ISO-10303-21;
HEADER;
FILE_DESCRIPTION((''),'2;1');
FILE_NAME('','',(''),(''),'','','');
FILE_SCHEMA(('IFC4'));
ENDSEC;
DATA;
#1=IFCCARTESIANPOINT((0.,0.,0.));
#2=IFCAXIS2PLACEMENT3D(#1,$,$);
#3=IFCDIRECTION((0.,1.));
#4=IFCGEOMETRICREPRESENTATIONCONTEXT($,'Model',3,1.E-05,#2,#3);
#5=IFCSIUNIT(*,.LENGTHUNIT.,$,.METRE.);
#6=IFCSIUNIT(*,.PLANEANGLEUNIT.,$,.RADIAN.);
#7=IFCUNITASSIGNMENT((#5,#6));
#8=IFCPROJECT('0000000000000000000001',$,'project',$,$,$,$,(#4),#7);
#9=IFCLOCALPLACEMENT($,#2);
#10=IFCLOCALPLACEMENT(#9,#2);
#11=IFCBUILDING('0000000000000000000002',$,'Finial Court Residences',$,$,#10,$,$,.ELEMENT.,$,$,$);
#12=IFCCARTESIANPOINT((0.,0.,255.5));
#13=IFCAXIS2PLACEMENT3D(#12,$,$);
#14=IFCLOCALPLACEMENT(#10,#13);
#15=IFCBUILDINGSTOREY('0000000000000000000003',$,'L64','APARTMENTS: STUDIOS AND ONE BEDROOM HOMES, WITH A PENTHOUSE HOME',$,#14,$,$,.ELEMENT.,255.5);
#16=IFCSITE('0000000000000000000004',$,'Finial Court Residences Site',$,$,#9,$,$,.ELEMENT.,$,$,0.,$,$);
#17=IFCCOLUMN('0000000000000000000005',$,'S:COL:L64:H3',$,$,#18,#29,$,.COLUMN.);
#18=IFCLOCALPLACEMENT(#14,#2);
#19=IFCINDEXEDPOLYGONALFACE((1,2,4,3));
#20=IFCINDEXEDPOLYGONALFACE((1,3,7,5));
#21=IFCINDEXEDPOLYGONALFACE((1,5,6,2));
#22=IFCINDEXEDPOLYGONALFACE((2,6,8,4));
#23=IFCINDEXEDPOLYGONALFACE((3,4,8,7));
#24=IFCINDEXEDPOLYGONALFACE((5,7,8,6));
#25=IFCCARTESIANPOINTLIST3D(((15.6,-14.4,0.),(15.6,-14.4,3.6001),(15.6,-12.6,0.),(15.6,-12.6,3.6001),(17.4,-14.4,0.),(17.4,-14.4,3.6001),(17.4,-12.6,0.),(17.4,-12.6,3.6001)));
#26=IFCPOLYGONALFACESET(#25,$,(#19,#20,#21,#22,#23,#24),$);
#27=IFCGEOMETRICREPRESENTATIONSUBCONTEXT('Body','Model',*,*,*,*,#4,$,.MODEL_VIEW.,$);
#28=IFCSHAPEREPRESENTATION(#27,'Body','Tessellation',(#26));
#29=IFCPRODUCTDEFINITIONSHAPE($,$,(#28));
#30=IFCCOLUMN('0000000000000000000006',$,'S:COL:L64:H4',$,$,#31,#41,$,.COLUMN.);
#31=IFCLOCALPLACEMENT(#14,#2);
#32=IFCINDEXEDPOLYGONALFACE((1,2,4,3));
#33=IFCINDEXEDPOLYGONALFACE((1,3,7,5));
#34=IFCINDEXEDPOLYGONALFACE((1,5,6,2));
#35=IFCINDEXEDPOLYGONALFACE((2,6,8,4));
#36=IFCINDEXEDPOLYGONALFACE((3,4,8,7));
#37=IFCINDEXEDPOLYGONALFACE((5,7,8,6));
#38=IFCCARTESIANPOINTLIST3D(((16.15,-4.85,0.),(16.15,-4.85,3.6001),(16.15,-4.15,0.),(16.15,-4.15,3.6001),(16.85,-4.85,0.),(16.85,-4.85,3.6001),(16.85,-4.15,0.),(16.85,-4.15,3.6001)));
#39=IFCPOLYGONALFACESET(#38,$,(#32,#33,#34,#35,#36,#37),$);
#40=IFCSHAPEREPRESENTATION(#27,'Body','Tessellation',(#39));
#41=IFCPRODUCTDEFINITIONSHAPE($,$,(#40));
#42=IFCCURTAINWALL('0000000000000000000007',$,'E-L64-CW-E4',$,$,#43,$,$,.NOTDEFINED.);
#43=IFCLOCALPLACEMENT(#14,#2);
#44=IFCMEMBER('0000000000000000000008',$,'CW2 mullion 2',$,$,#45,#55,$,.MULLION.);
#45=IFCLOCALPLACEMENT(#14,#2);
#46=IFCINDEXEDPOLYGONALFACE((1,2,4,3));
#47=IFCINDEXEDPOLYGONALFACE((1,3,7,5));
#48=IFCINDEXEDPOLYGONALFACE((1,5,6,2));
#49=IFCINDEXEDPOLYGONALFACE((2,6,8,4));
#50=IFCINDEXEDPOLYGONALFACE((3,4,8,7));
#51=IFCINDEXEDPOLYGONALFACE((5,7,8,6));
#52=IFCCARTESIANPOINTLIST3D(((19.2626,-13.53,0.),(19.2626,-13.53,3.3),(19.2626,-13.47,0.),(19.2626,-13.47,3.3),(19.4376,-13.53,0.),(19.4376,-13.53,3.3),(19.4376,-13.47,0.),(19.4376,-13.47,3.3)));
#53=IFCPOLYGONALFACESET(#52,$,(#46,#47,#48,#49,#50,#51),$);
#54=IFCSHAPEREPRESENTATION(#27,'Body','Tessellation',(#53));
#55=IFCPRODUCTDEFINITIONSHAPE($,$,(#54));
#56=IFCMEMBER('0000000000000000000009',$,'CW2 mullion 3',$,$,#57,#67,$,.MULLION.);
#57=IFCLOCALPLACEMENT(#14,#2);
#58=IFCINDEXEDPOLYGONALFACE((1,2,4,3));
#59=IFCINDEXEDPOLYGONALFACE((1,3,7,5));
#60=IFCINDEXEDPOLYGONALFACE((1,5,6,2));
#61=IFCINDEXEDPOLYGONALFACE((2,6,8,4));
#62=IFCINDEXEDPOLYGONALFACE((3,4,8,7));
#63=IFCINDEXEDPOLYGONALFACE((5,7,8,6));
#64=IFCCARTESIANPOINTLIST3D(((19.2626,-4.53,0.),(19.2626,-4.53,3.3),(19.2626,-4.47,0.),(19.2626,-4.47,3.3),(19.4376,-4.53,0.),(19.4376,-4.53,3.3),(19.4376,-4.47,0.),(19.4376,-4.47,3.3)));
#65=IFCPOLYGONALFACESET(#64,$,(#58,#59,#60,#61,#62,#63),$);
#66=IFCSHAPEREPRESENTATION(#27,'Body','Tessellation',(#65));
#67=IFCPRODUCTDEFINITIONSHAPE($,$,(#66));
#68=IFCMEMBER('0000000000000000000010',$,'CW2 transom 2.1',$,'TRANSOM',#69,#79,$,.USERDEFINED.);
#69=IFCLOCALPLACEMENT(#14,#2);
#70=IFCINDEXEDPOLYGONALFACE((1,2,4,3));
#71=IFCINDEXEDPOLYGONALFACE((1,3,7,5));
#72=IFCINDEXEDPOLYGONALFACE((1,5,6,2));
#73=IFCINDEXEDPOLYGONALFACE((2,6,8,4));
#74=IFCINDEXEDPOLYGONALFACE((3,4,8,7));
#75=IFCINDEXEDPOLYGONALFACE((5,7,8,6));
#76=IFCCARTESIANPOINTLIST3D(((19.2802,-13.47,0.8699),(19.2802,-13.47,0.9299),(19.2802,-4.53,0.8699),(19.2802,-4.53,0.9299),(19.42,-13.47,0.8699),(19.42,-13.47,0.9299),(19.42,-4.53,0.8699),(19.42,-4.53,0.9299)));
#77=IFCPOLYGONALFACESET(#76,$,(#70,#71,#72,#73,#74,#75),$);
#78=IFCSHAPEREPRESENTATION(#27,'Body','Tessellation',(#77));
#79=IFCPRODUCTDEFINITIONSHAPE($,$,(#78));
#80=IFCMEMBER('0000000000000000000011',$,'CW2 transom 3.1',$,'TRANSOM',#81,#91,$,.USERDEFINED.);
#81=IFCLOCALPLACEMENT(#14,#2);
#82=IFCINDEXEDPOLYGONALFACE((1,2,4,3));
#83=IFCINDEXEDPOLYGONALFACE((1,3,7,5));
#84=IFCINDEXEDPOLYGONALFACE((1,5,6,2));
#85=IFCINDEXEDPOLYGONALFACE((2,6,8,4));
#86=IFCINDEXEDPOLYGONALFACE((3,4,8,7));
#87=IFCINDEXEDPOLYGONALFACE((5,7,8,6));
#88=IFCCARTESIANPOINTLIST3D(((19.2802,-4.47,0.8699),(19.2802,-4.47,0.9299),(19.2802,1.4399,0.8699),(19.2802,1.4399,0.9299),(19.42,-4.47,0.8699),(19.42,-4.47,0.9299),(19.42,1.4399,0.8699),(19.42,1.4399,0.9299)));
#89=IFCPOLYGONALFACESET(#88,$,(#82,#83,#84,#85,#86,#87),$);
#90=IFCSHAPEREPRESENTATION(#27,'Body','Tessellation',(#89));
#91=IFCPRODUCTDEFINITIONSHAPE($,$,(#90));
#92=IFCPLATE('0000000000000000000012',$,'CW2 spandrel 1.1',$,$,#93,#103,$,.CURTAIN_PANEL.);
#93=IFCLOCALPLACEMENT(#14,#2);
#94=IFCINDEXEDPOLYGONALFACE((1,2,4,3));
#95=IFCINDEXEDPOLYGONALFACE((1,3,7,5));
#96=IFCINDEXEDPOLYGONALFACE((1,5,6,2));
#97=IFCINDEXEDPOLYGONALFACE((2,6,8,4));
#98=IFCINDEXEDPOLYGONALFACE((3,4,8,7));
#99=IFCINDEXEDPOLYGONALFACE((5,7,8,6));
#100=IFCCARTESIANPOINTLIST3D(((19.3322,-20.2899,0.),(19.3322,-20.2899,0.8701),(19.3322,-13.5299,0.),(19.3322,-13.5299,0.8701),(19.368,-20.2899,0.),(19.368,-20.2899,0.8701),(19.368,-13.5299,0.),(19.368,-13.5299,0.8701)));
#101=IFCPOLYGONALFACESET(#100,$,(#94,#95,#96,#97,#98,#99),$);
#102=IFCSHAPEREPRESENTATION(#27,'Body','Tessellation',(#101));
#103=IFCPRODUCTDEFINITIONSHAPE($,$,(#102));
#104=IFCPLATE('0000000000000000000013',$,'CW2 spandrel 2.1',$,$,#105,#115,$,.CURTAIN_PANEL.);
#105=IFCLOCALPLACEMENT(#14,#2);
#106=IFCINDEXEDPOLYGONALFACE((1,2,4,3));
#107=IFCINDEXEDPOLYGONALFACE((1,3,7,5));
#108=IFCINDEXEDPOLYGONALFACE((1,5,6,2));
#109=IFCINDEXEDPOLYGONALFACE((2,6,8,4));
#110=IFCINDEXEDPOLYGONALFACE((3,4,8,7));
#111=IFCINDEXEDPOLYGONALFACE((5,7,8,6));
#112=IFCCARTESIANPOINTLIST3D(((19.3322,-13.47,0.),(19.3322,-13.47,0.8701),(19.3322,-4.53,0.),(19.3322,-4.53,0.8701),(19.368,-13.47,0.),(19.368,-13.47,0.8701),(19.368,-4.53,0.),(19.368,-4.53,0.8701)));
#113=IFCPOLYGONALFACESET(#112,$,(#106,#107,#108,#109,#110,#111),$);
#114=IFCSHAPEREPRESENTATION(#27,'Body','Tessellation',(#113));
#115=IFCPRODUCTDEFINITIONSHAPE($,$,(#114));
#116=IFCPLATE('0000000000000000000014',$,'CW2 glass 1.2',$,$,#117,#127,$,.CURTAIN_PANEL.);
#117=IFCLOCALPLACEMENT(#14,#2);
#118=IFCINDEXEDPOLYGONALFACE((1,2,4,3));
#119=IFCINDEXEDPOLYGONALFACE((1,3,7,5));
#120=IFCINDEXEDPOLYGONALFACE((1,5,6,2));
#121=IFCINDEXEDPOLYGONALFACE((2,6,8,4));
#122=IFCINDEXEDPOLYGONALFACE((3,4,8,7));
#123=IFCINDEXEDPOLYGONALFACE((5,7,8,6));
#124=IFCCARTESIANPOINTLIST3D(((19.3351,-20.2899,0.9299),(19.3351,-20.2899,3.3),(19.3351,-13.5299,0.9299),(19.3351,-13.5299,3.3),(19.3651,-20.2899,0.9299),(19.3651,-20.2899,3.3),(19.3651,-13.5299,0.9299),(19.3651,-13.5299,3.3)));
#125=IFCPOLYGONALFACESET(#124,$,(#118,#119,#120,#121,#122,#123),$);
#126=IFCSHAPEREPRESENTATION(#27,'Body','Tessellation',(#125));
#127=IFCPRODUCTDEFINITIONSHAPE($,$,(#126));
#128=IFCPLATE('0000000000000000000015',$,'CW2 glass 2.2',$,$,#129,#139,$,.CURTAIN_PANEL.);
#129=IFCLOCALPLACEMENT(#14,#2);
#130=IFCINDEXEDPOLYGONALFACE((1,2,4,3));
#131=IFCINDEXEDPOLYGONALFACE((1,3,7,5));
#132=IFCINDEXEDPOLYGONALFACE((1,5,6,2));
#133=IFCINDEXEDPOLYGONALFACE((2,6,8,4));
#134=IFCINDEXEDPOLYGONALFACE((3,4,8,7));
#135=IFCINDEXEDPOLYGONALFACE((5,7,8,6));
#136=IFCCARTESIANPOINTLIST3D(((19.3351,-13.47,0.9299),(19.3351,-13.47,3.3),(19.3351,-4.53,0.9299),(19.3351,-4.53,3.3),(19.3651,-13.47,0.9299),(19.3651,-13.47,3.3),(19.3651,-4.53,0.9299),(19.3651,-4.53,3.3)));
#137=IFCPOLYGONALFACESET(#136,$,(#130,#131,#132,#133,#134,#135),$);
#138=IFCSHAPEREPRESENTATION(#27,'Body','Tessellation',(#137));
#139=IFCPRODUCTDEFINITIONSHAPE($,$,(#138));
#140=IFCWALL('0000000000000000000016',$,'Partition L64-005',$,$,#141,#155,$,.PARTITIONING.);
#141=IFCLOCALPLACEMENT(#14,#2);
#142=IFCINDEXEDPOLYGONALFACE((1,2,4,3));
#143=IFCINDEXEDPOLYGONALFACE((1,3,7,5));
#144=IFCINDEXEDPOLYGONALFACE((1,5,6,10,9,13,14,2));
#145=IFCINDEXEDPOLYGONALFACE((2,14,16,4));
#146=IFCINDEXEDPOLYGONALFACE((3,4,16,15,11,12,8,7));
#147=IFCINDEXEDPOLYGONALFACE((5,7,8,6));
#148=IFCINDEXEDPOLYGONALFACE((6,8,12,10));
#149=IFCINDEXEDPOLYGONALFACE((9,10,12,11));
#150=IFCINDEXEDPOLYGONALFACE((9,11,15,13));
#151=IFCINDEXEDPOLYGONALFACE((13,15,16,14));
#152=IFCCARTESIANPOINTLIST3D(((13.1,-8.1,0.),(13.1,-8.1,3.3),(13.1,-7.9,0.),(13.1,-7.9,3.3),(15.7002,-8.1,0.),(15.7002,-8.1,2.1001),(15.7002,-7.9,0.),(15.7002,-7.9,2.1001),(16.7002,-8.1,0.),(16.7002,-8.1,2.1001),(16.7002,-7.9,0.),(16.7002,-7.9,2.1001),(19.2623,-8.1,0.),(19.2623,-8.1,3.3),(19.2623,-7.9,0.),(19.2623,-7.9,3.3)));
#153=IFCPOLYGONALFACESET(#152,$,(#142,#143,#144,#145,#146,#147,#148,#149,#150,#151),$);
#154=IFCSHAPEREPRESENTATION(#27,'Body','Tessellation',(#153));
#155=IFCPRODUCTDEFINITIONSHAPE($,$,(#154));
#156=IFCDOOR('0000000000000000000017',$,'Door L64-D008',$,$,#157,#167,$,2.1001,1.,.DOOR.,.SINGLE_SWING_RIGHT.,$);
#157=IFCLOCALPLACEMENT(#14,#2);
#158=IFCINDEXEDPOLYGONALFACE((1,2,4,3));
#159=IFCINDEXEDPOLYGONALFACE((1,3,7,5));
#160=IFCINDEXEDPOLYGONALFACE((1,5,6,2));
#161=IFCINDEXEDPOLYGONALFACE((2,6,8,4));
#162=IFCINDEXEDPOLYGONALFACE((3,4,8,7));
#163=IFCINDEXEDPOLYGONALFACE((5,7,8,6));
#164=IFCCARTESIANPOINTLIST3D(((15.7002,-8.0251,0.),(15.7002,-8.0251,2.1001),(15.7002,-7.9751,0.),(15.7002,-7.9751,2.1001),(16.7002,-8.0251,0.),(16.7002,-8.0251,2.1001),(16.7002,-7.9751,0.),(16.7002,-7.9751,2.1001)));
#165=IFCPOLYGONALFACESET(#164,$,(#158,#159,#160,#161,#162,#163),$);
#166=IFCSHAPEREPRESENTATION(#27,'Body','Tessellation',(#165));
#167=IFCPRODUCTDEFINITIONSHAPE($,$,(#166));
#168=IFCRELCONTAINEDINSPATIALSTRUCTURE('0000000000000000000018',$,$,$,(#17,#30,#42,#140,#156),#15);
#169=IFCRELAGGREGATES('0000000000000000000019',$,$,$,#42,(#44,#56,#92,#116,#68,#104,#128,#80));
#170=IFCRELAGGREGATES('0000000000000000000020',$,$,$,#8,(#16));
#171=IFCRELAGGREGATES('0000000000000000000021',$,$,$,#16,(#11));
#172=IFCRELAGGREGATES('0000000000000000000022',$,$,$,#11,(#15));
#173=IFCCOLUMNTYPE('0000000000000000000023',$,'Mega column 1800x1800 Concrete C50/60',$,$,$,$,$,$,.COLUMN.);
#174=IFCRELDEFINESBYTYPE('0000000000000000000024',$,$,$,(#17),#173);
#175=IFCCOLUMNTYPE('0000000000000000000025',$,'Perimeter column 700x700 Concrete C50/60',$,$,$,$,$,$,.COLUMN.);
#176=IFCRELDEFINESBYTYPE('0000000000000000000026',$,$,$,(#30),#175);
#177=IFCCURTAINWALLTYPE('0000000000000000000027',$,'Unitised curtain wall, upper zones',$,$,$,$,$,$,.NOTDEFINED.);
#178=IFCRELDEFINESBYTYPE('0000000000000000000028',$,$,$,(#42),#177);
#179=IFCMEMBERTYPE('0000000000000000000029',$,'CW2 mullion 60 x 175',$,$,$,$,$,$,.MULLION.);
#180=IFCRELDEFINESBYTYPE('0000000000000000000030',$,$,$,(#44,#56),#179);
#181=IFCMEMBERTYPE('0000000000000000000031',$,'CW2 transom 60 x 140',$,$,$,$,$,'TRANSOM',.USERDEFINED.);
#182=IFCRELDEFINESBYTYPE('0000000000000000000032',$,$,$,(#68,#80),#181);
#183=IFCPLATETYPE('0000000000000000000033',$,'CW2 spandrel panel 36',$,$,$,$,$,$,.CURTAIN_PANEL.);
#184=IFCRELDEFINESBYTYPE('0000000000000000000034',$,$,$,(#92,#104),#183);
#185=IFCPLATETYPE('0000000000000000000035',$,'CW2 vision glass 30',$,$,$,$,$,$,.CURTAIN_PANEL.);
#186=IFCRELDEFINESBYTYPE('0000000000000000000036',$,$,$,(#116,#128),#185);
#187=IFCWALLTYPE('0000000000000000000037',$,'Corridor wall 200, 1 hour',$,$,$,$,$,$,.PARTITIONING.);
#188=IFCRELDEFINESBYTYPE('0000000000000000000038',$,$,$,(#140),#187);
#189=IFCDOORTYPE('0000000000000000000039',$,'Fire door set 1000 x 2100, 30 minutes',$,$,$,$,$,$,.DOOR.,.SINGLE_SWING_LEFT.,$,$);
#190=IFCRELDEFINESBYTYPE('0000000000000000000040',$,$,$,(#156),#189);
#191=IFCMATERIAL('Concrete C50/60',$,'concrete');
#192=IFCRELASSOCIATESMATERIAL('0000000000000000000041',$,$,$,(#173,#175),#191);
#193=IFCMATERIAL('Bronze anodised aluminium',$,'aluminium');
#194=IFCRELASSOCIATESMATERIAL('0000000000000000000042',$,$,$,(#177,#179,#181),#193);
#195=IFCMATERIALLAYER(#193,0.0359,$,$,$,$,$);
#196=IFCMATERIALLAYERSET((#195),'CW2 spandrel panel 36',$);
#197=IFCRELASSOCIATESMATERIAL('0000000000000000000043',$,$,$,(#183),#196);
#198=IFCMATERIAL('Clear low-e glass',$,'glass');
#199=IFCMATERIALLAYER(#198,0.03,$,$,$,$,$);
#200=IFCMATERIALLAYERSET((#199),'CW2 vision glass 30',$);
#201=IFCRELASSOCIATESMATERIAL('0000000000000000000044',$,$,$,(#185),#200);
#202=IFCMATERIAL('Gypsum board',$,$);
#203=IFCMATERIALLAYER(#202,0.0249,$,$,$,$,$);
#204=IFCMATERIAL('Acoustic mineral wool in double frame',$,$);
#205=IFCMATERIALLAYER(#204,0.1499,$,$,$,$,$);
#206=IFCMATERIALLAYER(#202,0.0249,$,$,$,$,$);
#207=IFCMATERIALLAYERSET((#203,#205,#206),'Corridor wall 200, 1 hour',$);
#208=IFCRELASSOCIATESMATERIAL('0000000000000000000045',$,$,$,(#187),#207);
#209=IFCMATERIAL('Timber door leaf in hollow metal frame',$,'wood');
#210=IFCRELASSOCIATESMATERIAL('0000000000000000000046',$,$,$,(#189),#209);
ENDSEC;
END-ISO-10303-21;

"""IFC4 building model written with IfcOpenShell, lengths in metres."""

from ifc_helpers import new_model, si_unit, direction, frame, frame_2d, origin, origin_2d, place, context, subcontext, project, spatial, rectangle, extrude, material, layer, layer_set, material_profile, profile_set, type_object, element, fill, aggregate, save


model = new_model("IFC4")

# Units and contexts
model_context = context("Model", 3, precision=1e-05, world=origin(), true_north=direction((0.0, 1.0)))
body_context = subcontext(model_context, "Body", "Model", "MODEL_VIEW")
ifc_project = project(units=[si_unit("LENGTHUNIT", "METRE"), si_unit("PLANEANGLEUNIT", "RADIAN")], contexts=[model_context])

# Site, building, storey
site_placement = place(None, origin())
site = spatial("IfcSite", under=ifc_project, at=site_placement, Name="Finial Court Residences Site", CompositionType="ELEMENT", RefElevation=0.0)
building_placement = place(site_placement, origin())
building = spatial("IfcBuilding", under=site, at=building_placement, Name="Finial Court Residences", CompositionType="ELEMENT")
storey_placement = place(building_placement, frame((0.0, 0.0, 255.5)))
storey = spatial("IfcBuildingStorey", under=building, at=storey_placement, Name="L64", Description="APARTMENTS: STUDIOS AND ONE BEDROOM HOMES, WITH A PENTHOUSE HOME", CompositionType="ELEMENT", Elevation=255.5)

# Columns
ifc_material_1 = material(Name="Concrete C50/60", Category="concrete")
ifc_material_profile_1 = material_profile(ifc_material_1, rectangle(XDim=1.8, YDim=1.8, at=origin_2d()), Name="1800x1800")
ifc_profile_set_1 = profile_set([ifc_material_profile_1], Name="Concrete C50/60")
column_type_1 = type_object("IfcColumnType", Name="Mega column 1800x1800 Concrete C50/60", PredefinedType="COLUMN", material=ifc_profile_set_1)
column_1_placement = place(storey_placement, frame((16.5, -13.5, 0.0), z_axis=(0.0, 0.0, 1.0), x_axis=(1.0, 0.0, 0.0)))
element("IfcColumn", 1, at=column_1_placement, inside=storey, type_object=column_type_1, Name="S:COL:L64:H3", PredefinedType="COLUMN", context=body_context, shape_type="SweptSolid", body=[
    extrude(rectangle(XDim=1.8, YDim=1.8, at=origin_2d()), origin(), (0.0, 0.0, 1.0), 3.6001),
])
ifc_material_profile_2 = material_profile(ifc_material_1, rectangle(XDim=0.7, YDim=0.7, at=origin_2d()), Name="700x700")
ifc_profile_set_2 = profile_set([ifc_material_profile_2], Name="Concrete C50/60")
column_type_2 = type_object("IfcColumnType", Name="Perimeter column 700x700 Concrete C50/60", PredefinedType="COLUMN", material=ifc_profile_set_2)
column_2_placement = place(storey_placement, frame((16.5, -4.5, 0.0), z_axis=(0.0, 0.0, 1.0), x_axis=(1.0, 0.0, 0.0)))
element("IfcColumn", 2, at=column_2_placement, inside=storey, type_object=column_type_2, Name="S:COL:L64:H4", PredefinedType="COLUMN", context=body_context, shape_type="SweptSolid", body=[
    extrude(rectangle(XDim=0.7, YDim=0.7, at=origin_2d()), origin(), (0.0, 0.0, 1.0), 3.6001),
])

# Curtain wall, members, plates
ifc_material_2 = material(Name="Bronze anodised aluminium", Category="aluminium")
curtain_wall_type = type_object("IfcCurtainWallType", Name="Unitised curtain wall, upper zones", PredefinedType="NOTDEFINED", material=ifc_material_2)
curtain_wall_placement = place(storey_placement, origin())
curtain_wall = element("IfcCurtainWall", 3, at=curtain_wall_placement, inside=storey, type_object=curtain_wall_type, Name="E-L64-CW-E4", PredefinedType="NOTDEFINED")
ifc_material_profile_3 = material_profile(ifc_material_2, rectangle(XDim=0.175, YDim=0.0601, at=origin_2d()), Name="CW2 mullion 60 x 175")
ifc_profile_set_3 = profile_set([ifc_material_profile_3], Name="Bronze anodised aluminium")
member_type_1 = type_object("IfcMemberType", Name="CW2 mullion 60 x 175", PredefinedType="MULLION", material=ifc_profile_set_3)
member_1_placement = place(storey_placement, frame((19.3501, -13.5, 0.0), z_axis=(0.0, 0.0, 1.0), x_axis=(-1.0, 0.0, 0.0)))
member_1 = element("IfcMember", 4, at=member_1_placement, type_object=member_type_1, Name="CW2 mullion 2", PredefinedType="MULLION", context=body_context, shape_type="SweptSolid", body=[
    extrude(rectangle(XDim=0.175, YDim=0.0601, at=origin_2d()), origin(), (0.0, 0.0, 1.0), 3.3),
])
member_2_placement = place(storey_placement, frame((19.3501, -4.5, 0.0), z_axis=(0.0, 0.0, 1.0), x_axis=(-1.0, 0.0, 0.0)))
member_2 = element("IfcMember", 5, at=member_2_placement, type_object=member_type_1, Name="CW2 mullion 3", PredefinedType="MULLION", context=body_context, shape_type="SweptSolid", body=[
    extrude(rectangle(XDim=0.175, YDim=0.0601, at=origin_2d()), origin(), (0.0, 0.0, 1.0), 3.3),
])
ifc_material_profile_4 = material_profile(ifc_material_2, rectangle(XDim=0.1399, YDim=0.0601, at=origin_2d()), Name="CW2 transom 60 x 140")
ifc_profile_set_4 = profile_set([ifc_material_profile_4], Name="Bronze anodised aluminium")
member_type_2 = type_object("IfcMemberType", Name="CW2 transom 60 x 140", ElementType="TRANSOM", PredefinedType="USERDEFINED", material=ifc_profile_set_4)
member_3_placement = place(storey_placement, frame((19.3501, -13.47, 0.8999), z_axis=(0.0, 1.0, 0.0), x_axis=(-1.0, 0.0, 0.0)))
member_3 = element("IfcMember", 6, at=member_3_placement, type_object=member_type_2, Name="CW2 transom 2.1", ObjectType="TRANSOM", PredefinedType="USERDEFINED", context=body_context, shape_type="SweptSolid", body=[
    extrude(rectangle(XDim=0.1399, YDim=0.0601, at=origin_2d()), origin(), (0.0, 0.0, 1.0), 8.9399),
])
member_4_placement = place(storey_placement, frame((19.3501, -4.47, 0.8999), z_axis=(0.0, 1.0, 0.0), x_axis=(-1.0, 0.0, 0.0)))
member_4 = element("IfcMember", 7, at=member_4_placement, type_object=member_type_2, Name="CW2 transom 3.1", ObjectType="TRANSOM", PredefinedType="USERDEFINED", context=body_context, shape_type="SweptSolid", body=[
    extrude(rectangle(XDim=0.1399, YDim=0.0601, at=origin_2d()), origin(), (0.0, 0.0, 1.0), 5.9099),
])
ifc_layer_1 = layer(ifc_material_2, 0.0359)
ifc_layer_set_1 = layer_set([ifc_layer_1], Name="CW2 spandrel panel 36")
plate_type_1 = type_object("IfcPlateType", Name="CW2 spandrel panel 36", PredefinedType="CURTAIN_PANEL", material=ifc_layer_set_1)
plate_1_placement = place(storey_placement, frame((19.3501, -16.9099, 0.0), z_axis=(0.0, 0.0, 1.0), x_axis=(0.0, 1.0, 0.0)))
plate_1 = element("IfcPlate", 8, at=plate_1_placement, type_object=plate_type_1, Name="CW2 spandrel 1.1", PredefinedType="CURTAIN_PANEL", context=body_context, shape_type="SweptSolid", body=[
    extrude(rectangle(XDim=6.76, YDim=0.0359, at=origin_2d()), origin(), (0.0, 0.0, 1.0), 0.8701),
])
plate_2_placement = place(storey_placement, frame((19.3501, -9.0, 0.0), z_axis=(0.0, 0.0, 1.0), x_axis=(0.0, 1.0, 0.0)))
plate_2 = element("IfcPlate", 9, at=plate_2_placement, type_object=plate_type_1, Name="CW2 spandrel 2.1", PredefinedType="CURTAIN_PANEL", context=body_context, shape_type="SweptSolid", body=[
    extrude(rectangle(XDim=8.9399, YDim=0.0359, at=origin_2d()), origin(), (0.0, 0.0, 1.0), 0.8701),
])
ifc_material_3 = material(Name="Clear low-e glass", Category="glass")
ifc_layer_2 = layer(ifc_material_3, 0.03)
ifc_layer_set_2 = layer_set([ifc_layer_2], Name="CW2 vision glass 30")
plate_type_2 = type_object("IfcPlateType", Name="CW2 vision glass 30", PredefinedType="CURTAIN_PANEL", material=ifc_layer_set_2)
plate_3_placement = place(storey_placement, frame((19.3501, -16.9099, 0.9299), z_axis=(0.0, 0.0, 1.0), x_axis=(0.0, 1.0, 0.0)))
plate_3 = element("IfcPlate", 10, at=plate_3_placement, type_object=plate_type_2, Name="CW2 glass 1.2", PredefinedType="CURTAIN_PANEL", context=body_context, shape_type="SweptSolid", body=[
    extrude(rectangle(XDim=6.76, YDim=0.03, at=origin_2d()), origin(), (0.0, 0.0, 1.0), 2.3701),
])
plate_4_placement = place(storey_placement, frame((19.3501, -9.0, 0.9299), z_axis=(0.0, 0.0, 1.0), x_axis=(0.0, 1.0, 0.0)))
plate_4 = element("IfcPlate", 11, at=plate_4_placement, type_object=plate_type_2, Name="CW2 glass 2.2", PredefinedType="CURTAIN_PANEL", context=body_context, shape_type="SweptSolid", body=[
    extrude(rectangle(XDim=8.9399, YDim=0.03, at=origin_2d()), origin(), (0.0, 0.0, 1.0), 2.3701),
])
aggregate(curtain_wall, [member_1, member_2, plate_1, plate_3, member_3, plate_2, plate_4, member_4])

# Wall, opening, door
ifc_material_4 = material(Name="Gypsum board")
ifc_layer_3 = layer(ifc_material_4, 0.0249)
ifc_material_5 = material(Name="Acoustic mineral wool in double frame")
ifc_layer_4 = layer(ifc_material_5, 0.1499)
ifc_layer_5 = layer(ifc_material_4, 0.0249)
ifc_layer_set_3 = layer_set([ifc_layer_3, ifc_layer_4, ifc_layer_5], Name="Corridor wall 200, 1 hour")
wall_type_1 = type_object("IfcWallType", Name="Corridor wall 200, 1 hour", PredefinedType="PARTITIONING", material=ifc_layer_set_3)
wall_1_placement = place(storey_placement, frame((13.1001, -8.0, 0.0), z_axis=(0.0, 0.0, 1.0), x_axis=(1.0, 0.0, 0.0)))
wall_1 = element("IfcWall", 12, at=wall_1_placement, inside=storey, type_object=wall_type_1, Name="Partition L64-005", PredefinedType="PARTITIONING", context=body_context, shape_type="SweptSolid", body=[
    extrude(rectangle(XDim=6.1624, YDim=0.2, at=frame_2d((3.0811, 0.0))), origin(), (0.0, 0.0, 1.0), 3.3),
])
opening_1_placement = place(wall_1_placement, frame((2.6001, 0.0, 0.0)))
opening_1 = element("IfcOpeningElement", 13, at=opening_1_placement, cuts=wall_1, PredefinedType="OPENING", context=body_context, shape_type="SweptSolid", body=[
    extrude(rectangle(XDim=1.0, YDim=2.1001, at=frame_2d((0.5, 1.05))), frame((0.0, 0.1099, 0.0), z_axis=(0.0, -1.0, 0.0), x_axis=(1.0, 0.0, 0.0)), (0.0, 0.0, 1.0), 0.22),
])
ifc_material_6 = material(Name="Timber door leaf in hollow metal frame", Category="wood")
door_type_1 = type_object("IfcDoorType", Name="Fire door set 1000 x 2100, 30 minutes", OperationType="SINGLE_SWING_LEFT", PredefinedType="DOOR", material=ifc_material_6)
door_1_placement = place(opening_1_placement, origin())
door_1 = element("IfcDoor", 14, at=door_1_placement, inside=storey, type_object=door_type_1, Name="Door L64-D008", OperationType="SINGLE_SWING_RIGHT", OverallHeight=2.1001, OverallWidth=1.0, PredefinedType="DOOR", context=body_context, shape_type="SweptSolid", body=[
    extrude(rectangle(XDim=1.0, YDim=2.1001, at=frame_2d((0.5, 1.05))), frame((0.0, 0.0249, 0.0), z_axis=(0.0, -1.0, 0.0), x_axis=(1.0, 0.0, 0.0)), (0.0, 0.0, 1.0), 0.05),
])
fill(opening_1, door_1)

save(model, "model.ifc")
